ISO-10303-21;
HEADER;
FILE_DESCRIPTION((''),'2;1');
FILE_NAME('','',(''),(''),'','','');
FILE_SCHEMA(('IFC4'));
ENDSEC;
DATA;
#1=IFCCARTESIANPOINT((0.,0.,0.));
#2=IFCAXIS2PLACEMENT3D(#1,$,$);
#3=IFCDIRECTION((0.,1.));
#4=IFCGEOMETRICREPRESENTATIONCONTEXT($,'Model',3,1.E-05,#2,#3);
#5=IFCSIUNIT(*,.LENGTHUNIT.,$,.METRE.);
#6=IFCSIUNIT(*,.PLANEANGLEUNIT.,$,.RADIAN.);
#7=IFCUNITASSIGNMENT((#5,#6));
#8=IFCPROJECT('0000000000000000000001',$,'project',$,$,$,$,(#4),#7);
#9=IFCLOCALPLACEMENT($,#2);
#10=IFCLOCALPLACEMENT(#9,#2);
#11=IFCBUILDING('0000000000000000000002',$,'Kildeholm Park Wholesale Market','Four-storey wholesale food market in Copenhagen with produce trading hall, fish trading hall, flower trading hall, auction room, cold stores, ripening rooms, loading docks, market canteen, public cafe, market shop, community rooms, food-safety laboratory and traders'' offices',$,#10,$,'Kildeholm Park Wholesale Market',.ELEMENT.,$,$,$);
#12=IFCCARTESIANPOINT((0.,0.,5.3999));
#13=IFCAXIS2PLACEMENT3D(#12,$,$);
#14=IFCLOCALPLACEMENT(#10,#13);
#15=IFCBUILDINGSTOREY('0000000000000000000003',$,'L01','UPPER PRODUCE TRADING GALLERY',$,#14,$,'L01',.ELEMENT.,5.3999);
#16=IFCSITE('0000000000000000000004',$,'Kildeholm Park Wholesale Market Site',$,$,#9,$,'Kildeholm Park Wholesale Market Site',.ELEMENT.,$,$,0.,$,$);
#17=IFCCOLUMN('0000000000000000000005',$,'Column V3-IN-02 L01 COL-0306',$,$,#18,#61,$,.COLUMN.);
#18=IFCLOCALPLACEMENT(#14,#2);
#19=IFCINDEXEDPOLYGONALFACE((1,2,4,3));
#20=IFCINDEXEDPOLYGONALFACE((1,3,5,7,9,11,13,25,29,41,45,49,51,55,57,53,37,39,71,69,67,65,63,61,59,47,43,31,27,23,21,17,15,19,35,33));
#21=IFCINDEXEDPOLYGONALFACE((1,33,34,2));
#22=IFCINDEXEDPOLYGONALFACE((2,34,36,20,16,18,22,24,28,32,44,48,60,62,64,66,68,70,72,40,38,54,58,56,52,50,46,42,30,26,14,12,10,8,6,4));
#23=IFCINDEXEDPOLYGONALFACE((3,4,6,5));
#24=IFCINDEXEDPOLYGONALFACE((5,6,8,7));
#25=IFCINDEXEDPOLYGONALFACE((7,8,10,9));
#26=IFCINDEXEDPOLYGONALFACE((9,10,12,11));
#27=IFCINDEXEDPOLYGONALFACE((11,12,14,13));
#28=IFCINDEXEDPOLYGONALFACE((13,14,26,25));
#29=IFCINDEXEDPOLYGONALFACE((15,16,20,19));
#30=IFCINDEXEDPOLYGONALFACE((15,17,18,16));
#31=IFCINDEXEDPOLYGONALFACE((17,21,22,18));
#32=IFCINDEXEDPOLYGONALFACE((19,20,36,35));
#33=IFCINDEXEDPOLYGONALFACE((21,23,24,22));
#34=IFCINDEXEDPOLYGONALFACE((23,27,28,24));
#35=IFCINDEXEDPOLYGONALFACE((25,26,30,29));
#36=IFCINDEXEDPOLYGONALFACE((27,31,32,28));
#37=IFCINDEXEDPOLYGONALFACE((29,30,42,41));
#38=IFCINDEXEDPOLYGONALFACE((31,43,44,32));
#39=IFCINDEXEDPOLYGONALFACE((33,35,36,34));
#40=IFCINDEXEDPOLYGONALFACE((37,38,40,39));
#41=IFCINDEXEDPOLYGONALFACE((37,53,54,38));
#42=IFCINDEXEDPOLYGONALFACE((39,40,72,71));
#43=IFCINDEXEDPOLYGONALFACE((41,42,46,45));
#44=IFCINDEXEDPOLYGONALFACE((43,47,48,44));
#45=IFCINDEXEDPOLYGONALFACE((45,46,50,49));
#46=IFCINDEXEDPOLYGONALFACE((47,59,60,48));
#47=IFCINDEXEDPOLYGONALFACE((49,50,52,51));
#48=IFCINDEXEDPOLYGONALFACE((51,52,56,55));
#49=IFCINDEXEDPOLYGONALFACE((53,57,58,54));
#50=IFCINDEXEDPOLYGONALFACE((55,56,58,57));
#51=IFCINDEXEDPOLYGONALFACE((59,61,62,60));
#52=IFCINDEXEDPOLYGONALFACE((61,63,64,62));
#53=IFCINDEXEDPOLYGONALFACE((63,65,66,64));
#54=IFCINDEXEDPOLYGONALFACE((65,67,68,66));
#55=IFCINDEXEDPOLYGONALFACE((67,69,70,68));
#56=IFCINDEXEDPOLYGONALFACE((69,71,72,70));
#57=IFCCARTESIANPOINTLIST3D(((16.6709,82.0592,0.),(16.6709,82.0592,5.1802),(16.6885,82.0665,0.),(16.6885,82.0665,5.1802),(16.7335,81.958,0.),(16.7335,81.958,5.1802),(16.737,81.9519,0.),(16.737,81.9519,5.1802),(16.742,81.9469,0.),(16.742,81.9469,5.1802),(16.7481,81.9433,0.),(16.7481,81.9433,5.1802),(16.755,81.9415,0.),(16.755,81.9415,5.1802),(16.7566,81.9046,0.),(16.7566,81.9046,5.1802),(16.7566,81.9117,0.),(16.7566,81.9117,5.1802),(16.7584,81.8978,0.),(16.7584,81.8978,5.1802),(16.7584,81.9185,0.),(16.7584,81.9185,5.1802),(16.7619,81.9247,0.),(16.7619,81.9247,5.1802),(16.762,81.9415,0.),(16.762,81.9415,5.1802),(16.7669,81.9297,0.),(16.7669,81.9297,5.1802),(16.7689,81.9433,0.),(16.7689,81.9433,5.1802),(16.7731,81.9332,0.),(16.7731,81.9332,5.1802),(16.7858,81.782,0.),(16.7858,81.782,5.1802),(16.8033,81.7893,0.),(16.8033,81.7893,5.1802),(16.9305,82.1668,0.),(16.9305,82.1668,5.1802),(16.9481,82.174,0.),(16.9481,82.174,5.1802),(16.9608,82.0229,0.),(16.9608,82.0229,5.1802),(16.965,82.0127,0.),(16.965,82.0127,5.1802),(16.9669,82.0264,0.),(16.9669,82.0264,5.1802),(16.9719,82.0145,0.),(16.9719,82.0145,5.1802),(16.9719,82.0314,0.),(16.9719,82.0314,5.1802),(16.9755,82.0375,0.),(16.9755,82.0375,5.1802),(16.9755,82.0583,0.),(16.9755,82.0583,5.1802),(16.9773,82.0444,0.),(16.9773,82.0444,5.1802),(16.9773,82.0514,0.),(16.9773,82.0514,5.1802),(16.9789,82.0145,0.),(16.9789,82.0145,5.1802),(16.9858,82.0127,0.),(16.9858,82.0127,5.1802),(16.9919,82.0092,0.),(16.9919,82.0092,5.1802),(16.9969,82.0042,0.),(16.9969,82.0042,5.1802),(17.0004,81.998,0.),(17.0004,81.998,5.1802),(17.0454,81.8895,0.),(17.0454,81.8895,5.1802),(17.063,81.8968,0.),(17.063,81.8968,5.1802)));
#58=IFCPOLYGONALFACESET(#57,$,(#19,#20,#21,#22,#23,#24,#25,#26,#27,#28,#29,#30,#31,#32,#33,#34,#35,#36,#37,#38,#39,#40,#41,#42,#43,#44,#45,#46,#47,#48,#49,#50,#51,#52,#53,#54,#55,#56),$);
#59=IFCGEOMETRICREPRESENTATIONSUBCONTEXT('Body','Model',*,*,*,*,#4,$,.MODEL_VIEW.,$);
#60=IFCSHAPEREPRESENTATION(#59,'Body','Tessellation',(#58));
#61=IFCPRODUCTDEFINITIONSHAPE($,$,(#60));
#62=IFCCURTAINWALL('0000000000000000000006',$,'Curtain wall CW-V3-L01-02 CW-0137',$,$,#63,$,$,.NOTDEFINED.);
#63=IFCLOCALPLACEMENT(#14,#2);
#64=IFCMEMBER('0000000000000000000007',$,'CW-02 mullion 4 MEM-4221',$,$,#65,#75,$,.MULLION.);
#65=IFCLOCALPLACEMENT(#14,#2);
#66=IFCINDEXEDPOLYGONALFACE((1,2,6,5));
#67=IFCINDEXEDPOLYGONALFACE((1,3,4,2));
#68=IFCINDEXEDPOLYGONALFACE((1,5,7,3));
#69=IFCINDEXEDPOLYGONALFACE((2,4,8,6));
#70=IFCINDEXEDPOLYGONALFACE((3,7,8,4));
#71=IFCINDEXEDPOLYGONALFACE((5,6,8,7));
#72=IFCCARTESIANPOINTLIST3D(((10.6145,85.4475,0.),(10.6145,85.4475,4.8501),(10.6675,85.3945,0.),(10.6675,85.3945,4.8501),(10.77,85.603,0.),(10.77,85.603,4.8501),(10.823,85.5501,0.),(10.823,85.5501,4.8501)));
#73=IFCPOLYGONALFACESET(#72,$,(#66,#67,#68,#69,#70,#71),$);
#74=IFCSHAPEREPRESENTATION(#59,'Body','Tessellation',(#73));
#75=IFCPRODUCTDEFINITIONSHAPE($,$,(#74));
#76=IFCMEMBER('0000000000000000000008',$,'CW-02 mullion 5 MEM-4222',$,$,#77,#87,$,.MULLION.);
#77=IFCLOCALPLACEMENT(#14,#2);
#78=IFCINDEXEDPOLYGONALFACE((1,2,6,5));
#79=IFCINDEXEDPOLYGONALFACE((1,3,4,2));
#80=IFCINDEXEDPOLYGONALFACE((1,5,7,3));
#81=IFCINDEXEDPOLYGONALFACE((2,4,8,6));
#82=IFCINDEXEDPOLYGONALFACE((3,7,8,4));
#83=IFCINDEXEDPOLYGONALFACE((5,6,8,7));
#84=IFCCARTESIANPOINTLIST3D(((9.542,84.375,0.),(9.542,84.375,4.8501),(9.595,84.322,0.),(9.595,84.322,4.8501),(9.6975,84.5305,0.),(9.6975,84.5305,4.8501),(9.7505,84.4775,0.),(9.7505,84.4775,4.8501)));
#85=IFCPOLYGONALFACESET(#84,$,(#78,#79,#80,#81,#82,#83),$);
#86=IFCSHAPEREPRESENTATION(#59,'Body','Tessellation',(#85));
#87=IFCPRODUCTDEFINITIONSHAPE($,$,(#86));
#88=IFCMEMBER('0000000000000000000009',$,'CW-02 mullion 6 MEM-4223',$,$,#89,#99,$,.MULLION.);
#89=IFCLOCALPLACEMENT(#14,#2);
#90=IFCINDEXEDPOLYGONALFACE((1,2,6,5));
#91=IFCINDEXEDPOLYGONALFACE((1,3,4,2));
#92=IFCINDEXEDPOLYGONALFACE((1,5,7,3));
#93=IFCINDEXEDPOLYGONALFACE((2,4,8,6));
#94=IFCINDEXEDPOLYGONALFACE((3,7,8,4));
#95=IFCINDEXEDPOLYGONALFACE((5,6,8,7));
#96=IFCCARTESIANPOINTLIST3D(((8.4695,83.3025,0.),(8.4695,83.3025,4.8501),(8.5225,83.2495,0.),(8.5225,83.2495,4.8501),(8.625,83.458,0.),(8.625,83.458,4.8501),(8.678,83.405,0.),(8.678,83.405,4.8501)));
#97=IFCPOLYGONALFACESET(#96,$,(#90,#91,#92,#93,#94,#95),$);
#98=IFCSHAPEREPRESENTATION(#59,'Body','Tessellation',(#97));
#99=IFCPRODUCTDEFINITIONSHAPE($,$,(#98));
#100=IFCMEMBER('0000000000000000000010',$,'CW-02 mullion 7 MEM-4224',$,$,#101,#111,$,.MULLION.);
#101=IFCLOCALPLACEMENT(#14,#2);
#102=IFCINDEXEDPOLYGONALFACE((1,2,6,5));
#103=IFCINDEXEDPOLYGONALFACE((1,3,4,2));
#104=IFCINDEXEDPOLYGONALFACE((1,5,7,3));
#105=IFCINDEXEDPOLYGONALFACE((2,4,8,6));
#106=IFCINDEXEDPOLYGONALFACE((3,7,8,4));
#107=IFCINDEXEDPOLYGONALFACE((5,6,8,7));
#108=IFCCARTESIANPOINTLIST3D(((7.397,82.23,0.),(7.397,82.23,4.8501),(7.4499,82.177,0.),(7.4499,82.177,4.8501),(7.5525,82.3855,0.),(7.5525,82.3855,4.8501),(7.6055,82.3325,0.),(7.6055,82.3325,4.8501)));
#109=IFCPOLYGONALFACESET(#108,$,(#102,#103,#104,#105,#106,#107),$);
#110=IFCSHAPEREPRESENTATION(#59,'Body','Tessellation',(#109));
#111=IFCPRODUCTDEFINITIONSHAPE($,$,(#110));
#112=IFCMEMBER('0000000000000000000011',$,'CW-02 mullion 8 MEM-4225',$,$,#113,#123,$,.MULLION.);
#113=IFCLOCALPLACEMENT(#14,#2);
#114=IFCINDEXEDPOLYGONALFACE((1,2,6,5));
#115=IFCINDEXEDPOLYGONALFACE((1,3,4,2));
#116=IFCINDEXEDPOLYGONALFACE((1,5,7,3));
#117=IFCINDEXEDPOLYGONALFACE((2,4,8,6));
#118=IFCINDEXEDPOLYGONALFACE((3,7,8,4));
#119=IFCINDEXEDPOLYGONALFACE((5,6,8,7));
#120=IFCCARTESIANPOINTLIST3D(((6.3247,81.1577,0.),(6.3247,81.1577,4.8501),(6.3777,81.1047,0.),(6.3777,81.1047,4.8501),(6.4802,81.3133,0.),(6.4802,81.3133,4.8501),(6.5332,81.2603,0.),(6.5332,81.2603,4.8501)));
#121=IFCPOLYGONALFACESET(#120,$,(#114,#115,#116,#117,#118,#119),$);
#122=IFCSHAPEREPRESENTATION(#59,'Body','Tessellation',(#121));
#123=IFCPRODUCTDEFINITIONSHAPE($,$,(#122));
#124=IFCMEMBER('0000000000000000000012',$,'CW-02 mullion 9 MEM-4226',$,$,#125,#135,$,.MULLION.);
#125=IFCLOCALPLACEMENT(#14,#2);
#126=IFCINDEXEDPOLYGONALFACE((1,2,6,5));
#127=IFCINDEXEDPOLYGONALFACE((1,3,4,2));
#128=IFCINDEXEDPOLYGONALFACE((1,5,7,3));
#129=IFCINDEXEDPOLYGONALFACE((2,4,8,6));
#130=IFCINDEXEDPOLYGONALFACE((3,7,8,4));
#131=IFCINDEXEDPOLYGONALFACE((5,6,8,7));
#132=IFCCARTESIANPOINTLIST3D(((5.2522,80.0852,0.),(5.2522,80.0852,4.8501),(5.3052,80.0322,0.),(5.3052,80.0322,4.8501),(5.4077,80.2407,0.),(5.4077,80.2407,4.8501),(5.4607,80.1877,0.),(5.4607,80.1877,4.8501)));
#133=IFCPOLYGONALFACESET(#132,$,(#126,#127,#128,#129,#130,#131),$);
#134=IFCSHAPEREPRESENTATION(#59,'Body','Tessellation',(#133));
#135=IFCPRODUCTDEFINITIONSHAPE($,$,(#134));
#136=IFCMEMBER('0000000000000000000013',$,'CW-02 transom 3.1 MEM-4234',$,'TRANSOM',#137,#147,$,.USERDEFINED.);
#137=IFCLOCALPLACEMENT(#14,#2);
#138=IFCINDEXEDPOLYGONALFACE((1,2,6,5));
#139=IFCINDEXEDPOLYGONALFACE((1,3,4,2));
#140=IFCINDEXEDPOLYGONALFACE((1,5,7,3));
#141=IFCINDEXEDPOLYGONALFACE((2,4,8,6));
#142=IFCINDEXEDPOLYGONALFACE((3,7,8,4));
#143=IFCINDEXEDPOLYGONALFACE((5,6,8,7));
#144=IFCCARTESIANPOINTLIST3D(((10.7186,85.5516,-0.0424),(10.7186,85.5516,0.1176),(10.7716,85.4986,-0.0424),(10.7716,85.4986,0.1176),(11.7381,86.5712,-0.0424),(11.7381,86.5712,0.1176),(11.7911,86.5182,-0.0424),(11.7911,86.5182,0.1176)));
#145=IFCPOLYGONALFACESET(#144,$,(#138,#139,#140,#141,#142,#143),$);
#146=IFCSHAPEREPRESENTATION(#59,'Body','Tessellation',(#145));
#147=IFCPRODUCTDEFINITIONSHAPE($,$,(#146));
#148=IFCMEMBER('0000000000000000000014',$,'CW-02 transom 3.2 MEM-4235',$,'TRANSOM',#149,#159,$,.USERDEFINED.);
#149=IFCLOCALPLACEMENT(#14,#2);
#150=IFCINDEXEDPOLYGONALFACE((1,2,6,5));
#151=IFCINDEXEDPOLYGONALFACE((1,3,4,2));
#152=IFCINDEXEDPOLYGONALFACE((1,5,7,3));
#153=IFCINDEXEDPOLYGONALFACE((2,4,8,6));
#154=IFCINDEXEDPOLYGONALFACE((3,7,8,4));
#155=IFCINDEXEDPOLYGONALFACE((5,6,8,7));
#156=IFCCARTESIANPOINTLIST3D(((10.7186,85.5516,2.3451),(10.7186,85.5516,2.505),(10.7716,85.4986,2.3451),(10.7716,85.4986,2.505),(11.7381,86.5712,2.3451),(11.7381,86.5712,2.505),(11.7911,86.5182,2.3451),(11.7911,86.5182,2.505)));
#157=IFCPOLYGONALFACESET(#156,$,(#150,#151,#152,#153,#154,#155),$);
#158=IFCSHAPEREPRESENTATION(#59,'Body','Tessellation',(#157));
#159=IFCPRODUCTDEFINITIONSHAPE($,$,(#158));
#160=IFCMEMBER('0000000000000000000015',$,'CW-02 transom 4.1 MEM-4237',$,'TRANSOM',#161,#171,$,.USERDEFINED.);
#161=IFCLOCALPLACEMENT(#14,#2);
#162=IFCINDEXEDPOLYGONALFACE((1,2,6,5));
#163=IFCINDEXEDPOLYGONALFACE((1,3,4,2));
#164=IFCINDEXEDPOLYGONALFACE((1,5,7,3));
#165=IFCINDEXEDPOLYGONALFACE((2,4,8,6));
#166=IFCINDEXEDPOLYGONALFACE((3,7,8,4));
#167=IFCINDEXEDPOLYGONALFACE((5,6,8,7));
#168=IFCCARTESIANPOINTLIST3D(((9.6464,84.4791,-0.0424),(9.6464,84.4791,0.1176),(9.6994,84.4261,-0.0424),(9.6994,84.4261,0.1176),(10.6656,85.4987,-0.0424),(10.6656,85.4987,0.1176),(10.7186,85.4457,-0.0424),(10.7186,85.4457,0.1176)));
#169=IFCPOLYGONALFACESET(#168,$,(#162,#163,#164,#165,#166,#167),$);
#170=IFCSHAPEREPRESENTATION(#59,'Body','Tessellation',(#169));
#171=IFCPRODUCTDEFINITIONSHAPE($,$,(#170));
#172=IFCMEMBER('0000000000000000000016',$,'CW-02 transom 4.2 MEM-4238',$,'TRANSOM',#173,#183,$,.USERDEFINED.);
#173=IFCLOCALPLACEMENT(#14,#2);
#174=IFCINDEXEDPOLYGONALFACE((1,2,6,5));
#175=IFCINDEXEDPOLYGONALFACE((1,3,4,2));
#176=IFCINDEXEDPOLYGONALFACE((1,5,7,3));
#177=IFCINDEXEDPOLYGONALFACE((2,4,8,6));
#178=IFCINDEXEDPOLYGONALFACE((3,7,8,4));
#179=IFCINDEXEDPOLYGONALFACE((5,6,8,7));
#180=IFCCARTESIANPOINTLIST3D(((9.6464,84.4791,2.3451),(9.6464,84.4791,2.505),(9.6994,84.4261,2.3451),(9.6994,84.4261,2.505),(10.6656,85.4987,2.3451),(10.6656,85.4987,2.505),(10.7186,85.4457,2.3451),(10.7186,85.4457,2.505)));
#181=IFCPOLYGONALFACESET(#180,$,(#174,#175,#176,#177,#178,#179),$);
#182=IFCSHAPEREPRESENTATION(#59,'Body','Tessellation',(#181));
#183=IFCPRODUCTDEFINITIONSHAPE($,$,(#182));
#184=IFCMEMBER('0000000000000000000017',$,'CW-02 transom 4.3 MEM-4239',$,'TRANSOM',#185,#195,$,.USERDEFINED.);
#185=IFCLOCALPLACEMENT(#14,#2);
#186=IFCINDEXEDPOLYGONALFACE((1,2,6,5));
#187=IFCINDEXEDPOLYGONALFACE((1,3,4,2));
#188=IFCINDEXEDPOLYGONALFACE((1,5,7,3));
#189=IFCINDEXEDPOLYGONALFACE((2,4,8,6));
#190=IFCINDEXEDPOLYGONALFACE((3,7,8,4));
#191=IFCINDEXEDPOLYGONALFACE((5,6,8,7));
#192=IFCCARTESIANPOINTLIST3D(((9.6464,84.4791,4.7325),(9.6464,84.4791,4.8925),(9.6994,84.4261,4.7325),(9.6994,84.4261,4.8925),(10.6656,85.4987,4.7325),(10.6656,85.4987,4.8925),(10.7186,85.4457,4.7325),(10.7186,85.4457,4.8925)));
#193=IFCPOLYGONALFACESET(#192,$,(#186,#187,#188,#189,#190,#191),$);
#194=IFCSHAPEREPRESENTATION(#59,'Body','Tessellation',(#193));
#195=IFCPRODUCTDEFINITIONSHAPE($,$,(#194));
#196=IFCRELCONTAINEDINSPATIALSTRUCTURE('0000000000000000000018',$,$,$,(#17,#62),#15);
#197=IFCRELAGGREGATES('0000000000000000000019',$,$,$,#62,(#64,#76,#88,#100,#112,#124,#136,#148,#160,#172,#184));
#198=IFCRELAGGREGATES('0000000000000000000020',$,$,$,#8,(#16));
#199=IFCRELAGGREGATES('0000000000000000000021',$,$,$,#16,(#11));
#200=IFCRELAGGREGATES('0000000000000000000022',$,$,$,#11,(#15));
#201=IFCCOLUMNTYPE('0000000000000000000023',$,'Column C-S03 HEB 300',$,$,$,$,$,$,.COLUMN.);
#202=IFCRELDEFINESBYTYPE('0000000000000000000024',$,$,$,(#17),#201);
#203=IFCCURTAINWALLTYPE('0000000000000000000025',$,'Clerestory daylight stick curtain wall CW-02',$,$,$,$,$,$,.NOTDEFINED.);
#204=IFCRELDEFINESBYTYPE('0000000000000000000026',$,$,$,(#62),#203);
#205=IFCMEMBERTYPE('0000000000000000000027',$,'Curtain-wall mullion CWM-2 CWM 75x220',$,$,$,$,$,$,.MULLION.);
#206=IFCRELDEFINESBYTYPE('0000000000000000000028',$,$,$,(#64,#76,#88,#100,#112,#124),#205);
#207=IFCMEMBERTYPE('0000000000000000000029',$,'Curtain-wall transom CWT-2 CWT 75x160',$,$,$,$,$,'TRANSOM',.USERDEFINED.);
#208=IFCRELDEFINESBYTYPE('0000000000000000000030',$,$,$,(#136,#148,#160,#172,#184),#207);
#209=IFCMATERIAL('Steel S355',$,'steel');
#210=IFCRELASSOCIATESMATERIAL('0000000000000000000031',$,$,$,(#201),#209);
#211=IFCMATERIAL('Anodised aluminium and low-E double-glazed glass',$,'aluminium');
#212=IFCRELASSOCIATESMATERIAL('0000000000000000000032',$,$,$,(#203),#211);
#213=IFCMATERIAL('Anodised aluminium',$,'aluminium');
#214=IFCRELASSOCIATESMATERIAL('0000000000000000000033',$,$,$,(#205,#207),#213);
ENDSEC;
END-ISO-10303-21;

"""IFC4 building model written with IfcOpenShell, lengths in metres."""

from ifc_helpers import new_model, si_unit, direction, frame, origin, origin_2d, place, context, subcontext, project, spatial, rectangle, i_section, extrude, material, material_profile, profile_set, type_object, element, aggregate, save


model = new_model("IFC4")

# Units and contexts
model_context = context("Model", 3, precision=1e-05, world=origin(), true_north=direction((0.0, 1.0)))
body_context = subcontext(model_context, "Body", "Model", "MODEL_VIEW")
ifc_project = project(units=[si_unit("LENGTHUNIT", "METRE"), si_unit("PLANEANGLEUNIT", "RADIAN")], contexts=[model_context])

# Site, building, storey
site_placement = place(None, origin())
site = spatial("IfcSite", under=ifc_project, at=site_placement, Name="Kildeholm Park Wholesale Market Site", LongName="Kildeholm Park Wholesale Market Site", CompositionType="ELEMENT", RefElevation=0.0)
building_placement = place(site_placement, origin())
building = spatial("IfcBuilding", under=site, at=building_placement, Name="Kildeholm Park Wholesale Market", Description="Four-storey wholesale food market in Copenhagen with produce trading hall, fish trading hall, flower trading hall, auction room, cold stores, ripening rooms, loading docks, market canteen, public cafe, market shop, community rooms, food-safety laboratory and traders' offices", LongName="Kildeholm Park Wholesale Market", CompositionType="ELEMENT")
storey_placement = place(building_placement, frame((0.0, 0.0, 5.3999)))
storey = spatial("IfcBuildingStorey", under=building, at=storey_placement, Name="L01", Description="UPPER PRODUCE TRADING GALLERY", LongName="L01", CompositionType="ELEMENT", Elevation=5.3999)

# Column
ifc_material_1 = material(Name="Steel S355", Category="steel")
ifc_material_profile_1 = material_profile(ifc_material_1, i_section(OverallWidth=0.3, OverallDepth=0.3, WebThickness=0.011, FlangeThickness=0.019, FilletRadius=0.0271, at=origin_2d()), Name="HEB 300")
ifc_profile_set_1 = profile_set([ifc_material_profile_1], Name="Steel S355")
column_type = type_object("IfcColumnType", Name="Column C-S03 HEB 300", PredefinedType="COLUMN", material=ifc_profile_set_1)
column_placement = place(storey_placement, frame((16.8669, 81.978, 0.0), z_axis=(0.0, 0.0, 1.0), x_axis=(-0.382683, 0.92388, 0.0)))
element("IfcColumn", 1, at=column_placement, inside=storey, type_object=column_type, Name="Column V3-IN-02 L01 COL-0306", PredefinedType="COLUMN", context=body_context, shape_type="SweptSolid", body=[
    extrude(i_section(OverallWidth=0.3, OverallDepth=0.3, WebThickness=0.011, FlangeThickness=0.019, FilletRadius=0.0271, at=origin_2d()), origin(), (0.0, 0.0, 1.0), 5.1802),
])

# Curtain wall, members
ifc_material_2 = material(Name="Anodised aluminium and low-E double-glazed glass", Category="aluminium")
curtain_wall_type = type_object("IfcCurtainWallType", Name="Clerestory daylight stick curtain wall CW-02", PredefinedType="NOTDEFINED", material=ifc_material_2)
curtain_wall_placement = place(storey_placement, origin())
curtain_wall = element("IfcCurtainWall", 2, at=curtain_wall_placement, inside=storey, type_object=curtain_wall_type, Name="Curtain wall CW-V3-L01-02 CW-0137", PredefinedType="NOTDEFINED")
ifc_material_3 = material(Name="Anodised aluminium", Category="aluminium")
ifc_material_profile_2 = material_profile(ifc_material_3, rectangle(XDim=0.075, YDim=0.22, at=origin_2d()), Name="CWM 75x220")
ifc_profile_set_2 = profile_set([ifc_material_profile_2], Name="Anodised aluminium")
member_type_1 = type_object("IfcMemberType", Name="Curtain-wall mullion CWM-2 CWM 75x220", PredefinedType="MULLION", material=ifc_profile_set_2)
member_1_placement = place(storey_placement, frame((10.7188, 85.4988, 0.0), z_axis=(0.0, 0.0, 1.0), x_axis=(0.707107, -0.707107, 0.0)))
member_1 = element("IfcMember", 3, at=member_1_placement, type_object=member_type_1, Name="CW-02 mullion 4 MEM-4221", PredefinedType="MULLION", context=body_context, shape_type="SweptSolid", body=[
    extrude(rectangle(XDim=0.075, YDim=0.22, at=origin_2d()), origin(), (0.0, 0.0, 1.0), 4.8501),
])
member_2_placement = place(storey_placement, frame((9.6462, 84.4263, 0.0), z_axis=(0.0, 0.0, 1.0), x_axis=(0.707107, -0.707107, 0.0)))
member_2 = element("IfcMember", 4, at=member_2_placement, type_object=member_type_1, Name="CW-02 mullion 5 MEM-4222", PredefinedType="MULLION", context=body_context, shape_type="SweptSolid", body=[
    extrude(rectangle(XDim=0.075, YDim=0.22, at=origin_2d()), origin(), (0.0, 0.0, 1.0), 4.8501),
])
member_3_placement = place(storey_placement, frame((8.5737, 83.3538, 0.0), z_axis=(0.0, 0.0, 1.0), x_axis=(0.707107, -0.707107, 0.0)))
member_3 = element("IfcMember", 5, at=member_3_placement, type_object=member_type_1, Name="CW-02 mullion 6 MEM-4223", PredefinedType="MULLION", context=body_context, shape_type="SweptSolid", body=[
    extrude(rectangle(XDim=0.075, YDim=0.22, at=origin_2d()), origin(), (0.0, 0.0, 1.0), 4.8501),
])
member_4_placement = place(storey_placement, frame((7.5012, 82.2812, 0.0), z_axis=(0.0, 0.0, 1.0), x_axis=(0.707107, -0.707107, 0.0)))
member_4 = element("IfcMember", 6, at=member_4_placement, type_object=member_type_1, Name="CW-02 mullion 7 MEM-4224", PredefinedType="MULLION", context=body_context, shape_type="SweptSolid", body=[
    extrude(rectangle(XDim=0.075, YDim=0.22, at=origin_2d()), origin(), (0.0, 0.0, 1.0), 4.8501),
])
member_5_placement = place(storey_placement, frame((6.429, 81.209, 0.0), z_axis=(0.0, 0.0, 1.0), x_axis=(0.707107, -0.707107, 0.0)))
member_5 = element("IfcMember", 7, at=member_5_placement, type_object=member_type_1, Name="CW-02 mullion 8 MEM-4225", PredefinedType="MULLION", context=body_context, shape_type="SweptSolid", body=[
    extrude(rectangle(XDim=0.075, YDim=0.22, at=origin_2d()), origin(), (0.0, 0.0, 1.0), 4.8501),
])
member_6_placement = place(storey_placement, frame((5.3564, 80.1365, 0.0), z_axis=(0.0, 0.0, 1.0), x_axis=(0.707107, -0.707107, 0.0)))
member_6 = element("IfcMember", 8, at=member_6_placement, type_object=member_type_1, Name="CW-02 mullion 9 MEM-4226", PredefinedType="MULLION", context=body_context, shape_type="SweptSolid", body=[
    extrude(rectangle(XDim=0.075, YDim=0.22, at=origin_2d()), origin(), (0.0, 0.0, 1.0), 4.8501),
])
ifc_material_profile_3 = material_profile(ifc_material_3, rectangle(XDim=0.075, YDim=0.1599, at=origin_2d()), Name="CWT 75x160")
ifc_profile_set_3 = profile_set([ifc_material_profile_3], Name="Anodised aluminium")
member_type_2 = type_object("IfcMemberType", Name="Curtain-wall transom CWT-2 CWT 75x160", ElementType="TRANSOM", PredefinedType="USERDEFINED", material=ifc_profile_set_3)
member_7_placement = place(storey_placement, frame((11.7646, 86.5447, 0.0376), z_axis=(-0.707107, -0.707107, 0.0), x_axis=(0.707107, -0.707107, 0.0)))
member_7 = element("IfcMember", 9, at=member_7_placement, type_object=member_type_2, Name="CW-02 transom 3.1 MEM-4234", ObjectType="TRANSOM", PredefinedType="USERDEFINED", context=body_context, shape_type="SweptSolid", body=[
    extrude(rectangle(XDim=0.075, YDim=0.1599, at=origin_2d()), origin(), (0.0, 0.0, 1.0), 1.4419),
])
member_8_placement = place(storey_placement, frame((11.7646, 86.5447, 2.425), z_axis=(-0.707107, -0.707107, 0.0), x_axis=(0.707107, -0.707107, 0.0)))
member_8 = element("IfcMember", 10, at=member_8_placement, type_object=member_type_2, Name="CW-02 transom 3.2 MEM-4235", ObjectType="TRANSOM", PredefinedType="USERDEFINED", context=body_context, shape_type="SweptSolid", body=[
    extrude(rectangle(XDim=0.075, YDim=0.1599, at=origin_2d()), origin(), (0.0, 0.0, 1.0), 1.4419),
])
member_9_placement = place(storey_placement, frame((10.6921, 85.4722, 0.0376), z_axis=(-0.707022, -0.707191, 0.0), x_axis=(0.707191, -0.707022, 0.0)))
member_9 = element("IfcMember", 11, at=member_9_placement, type_object=member_type_2, Name="CW-02 transom 4.1 MEM-4237", ObjectType="TRANSOM", PredefinedType="USERDEFINED", context=body_context, shape_type="SweptSolid", body=[
    extrude(rectangle(XDim=0.075, YDim=0.1599, at=origin_2d()), origin(), (0.0, 0.0, 1.0), 1.4417),
])
member_10_placement = place(storey_placement, frame((10.6921, 85.4722, 2.425), z_axis=(-0.707022, -0.707191, 0.0), x_axis=(0.707191, -0.707022, 0.0)))
member_10 = element("IfcMember", 12, at=member_10_placement, type_object=member_type_2, Name="CW-02 transom 4.2 MEM-4238", ObjectType="TRANSOM", PredefinedType="USERDEFINED", context=body_context, shape_type="SweptSolid", body=[
    extrude(rectangle(XDim=0.075, YDim=0.1599, at=origin_2d()), origin(), (0.0, 0.0, 1.0), 1.4417),
])
member_11_placement = place(storey_placement, frame((10.6921, 85.4722, 4.8125), z_axis=(-0.707022, -0.707191, 0.0), x_axis=(0.707191, -0.707022, 0.0)))
member_11 = element("IfcMember", 13, at=member_11_placement, type_object=member_type_2, Name="CW-02 transom 4.3 MEM-4239", ObjectType="TRANSOM", PredefinedType="USERDEFINED", context=body_context, shape_type="SweptSolid", body=[
    extrude(rectangle(XDim=0.075, YDim=0.1599, at=origin_2d()), origin(), (0.0, 0.0, 1.0), 1.4417),
])
aggregate(curtain_wall, [member_1, member_2, member_3, member_4, member_5, member_6, member_7, member_8, member_9, member_10, member_11])

save(model, "model.ifc")
